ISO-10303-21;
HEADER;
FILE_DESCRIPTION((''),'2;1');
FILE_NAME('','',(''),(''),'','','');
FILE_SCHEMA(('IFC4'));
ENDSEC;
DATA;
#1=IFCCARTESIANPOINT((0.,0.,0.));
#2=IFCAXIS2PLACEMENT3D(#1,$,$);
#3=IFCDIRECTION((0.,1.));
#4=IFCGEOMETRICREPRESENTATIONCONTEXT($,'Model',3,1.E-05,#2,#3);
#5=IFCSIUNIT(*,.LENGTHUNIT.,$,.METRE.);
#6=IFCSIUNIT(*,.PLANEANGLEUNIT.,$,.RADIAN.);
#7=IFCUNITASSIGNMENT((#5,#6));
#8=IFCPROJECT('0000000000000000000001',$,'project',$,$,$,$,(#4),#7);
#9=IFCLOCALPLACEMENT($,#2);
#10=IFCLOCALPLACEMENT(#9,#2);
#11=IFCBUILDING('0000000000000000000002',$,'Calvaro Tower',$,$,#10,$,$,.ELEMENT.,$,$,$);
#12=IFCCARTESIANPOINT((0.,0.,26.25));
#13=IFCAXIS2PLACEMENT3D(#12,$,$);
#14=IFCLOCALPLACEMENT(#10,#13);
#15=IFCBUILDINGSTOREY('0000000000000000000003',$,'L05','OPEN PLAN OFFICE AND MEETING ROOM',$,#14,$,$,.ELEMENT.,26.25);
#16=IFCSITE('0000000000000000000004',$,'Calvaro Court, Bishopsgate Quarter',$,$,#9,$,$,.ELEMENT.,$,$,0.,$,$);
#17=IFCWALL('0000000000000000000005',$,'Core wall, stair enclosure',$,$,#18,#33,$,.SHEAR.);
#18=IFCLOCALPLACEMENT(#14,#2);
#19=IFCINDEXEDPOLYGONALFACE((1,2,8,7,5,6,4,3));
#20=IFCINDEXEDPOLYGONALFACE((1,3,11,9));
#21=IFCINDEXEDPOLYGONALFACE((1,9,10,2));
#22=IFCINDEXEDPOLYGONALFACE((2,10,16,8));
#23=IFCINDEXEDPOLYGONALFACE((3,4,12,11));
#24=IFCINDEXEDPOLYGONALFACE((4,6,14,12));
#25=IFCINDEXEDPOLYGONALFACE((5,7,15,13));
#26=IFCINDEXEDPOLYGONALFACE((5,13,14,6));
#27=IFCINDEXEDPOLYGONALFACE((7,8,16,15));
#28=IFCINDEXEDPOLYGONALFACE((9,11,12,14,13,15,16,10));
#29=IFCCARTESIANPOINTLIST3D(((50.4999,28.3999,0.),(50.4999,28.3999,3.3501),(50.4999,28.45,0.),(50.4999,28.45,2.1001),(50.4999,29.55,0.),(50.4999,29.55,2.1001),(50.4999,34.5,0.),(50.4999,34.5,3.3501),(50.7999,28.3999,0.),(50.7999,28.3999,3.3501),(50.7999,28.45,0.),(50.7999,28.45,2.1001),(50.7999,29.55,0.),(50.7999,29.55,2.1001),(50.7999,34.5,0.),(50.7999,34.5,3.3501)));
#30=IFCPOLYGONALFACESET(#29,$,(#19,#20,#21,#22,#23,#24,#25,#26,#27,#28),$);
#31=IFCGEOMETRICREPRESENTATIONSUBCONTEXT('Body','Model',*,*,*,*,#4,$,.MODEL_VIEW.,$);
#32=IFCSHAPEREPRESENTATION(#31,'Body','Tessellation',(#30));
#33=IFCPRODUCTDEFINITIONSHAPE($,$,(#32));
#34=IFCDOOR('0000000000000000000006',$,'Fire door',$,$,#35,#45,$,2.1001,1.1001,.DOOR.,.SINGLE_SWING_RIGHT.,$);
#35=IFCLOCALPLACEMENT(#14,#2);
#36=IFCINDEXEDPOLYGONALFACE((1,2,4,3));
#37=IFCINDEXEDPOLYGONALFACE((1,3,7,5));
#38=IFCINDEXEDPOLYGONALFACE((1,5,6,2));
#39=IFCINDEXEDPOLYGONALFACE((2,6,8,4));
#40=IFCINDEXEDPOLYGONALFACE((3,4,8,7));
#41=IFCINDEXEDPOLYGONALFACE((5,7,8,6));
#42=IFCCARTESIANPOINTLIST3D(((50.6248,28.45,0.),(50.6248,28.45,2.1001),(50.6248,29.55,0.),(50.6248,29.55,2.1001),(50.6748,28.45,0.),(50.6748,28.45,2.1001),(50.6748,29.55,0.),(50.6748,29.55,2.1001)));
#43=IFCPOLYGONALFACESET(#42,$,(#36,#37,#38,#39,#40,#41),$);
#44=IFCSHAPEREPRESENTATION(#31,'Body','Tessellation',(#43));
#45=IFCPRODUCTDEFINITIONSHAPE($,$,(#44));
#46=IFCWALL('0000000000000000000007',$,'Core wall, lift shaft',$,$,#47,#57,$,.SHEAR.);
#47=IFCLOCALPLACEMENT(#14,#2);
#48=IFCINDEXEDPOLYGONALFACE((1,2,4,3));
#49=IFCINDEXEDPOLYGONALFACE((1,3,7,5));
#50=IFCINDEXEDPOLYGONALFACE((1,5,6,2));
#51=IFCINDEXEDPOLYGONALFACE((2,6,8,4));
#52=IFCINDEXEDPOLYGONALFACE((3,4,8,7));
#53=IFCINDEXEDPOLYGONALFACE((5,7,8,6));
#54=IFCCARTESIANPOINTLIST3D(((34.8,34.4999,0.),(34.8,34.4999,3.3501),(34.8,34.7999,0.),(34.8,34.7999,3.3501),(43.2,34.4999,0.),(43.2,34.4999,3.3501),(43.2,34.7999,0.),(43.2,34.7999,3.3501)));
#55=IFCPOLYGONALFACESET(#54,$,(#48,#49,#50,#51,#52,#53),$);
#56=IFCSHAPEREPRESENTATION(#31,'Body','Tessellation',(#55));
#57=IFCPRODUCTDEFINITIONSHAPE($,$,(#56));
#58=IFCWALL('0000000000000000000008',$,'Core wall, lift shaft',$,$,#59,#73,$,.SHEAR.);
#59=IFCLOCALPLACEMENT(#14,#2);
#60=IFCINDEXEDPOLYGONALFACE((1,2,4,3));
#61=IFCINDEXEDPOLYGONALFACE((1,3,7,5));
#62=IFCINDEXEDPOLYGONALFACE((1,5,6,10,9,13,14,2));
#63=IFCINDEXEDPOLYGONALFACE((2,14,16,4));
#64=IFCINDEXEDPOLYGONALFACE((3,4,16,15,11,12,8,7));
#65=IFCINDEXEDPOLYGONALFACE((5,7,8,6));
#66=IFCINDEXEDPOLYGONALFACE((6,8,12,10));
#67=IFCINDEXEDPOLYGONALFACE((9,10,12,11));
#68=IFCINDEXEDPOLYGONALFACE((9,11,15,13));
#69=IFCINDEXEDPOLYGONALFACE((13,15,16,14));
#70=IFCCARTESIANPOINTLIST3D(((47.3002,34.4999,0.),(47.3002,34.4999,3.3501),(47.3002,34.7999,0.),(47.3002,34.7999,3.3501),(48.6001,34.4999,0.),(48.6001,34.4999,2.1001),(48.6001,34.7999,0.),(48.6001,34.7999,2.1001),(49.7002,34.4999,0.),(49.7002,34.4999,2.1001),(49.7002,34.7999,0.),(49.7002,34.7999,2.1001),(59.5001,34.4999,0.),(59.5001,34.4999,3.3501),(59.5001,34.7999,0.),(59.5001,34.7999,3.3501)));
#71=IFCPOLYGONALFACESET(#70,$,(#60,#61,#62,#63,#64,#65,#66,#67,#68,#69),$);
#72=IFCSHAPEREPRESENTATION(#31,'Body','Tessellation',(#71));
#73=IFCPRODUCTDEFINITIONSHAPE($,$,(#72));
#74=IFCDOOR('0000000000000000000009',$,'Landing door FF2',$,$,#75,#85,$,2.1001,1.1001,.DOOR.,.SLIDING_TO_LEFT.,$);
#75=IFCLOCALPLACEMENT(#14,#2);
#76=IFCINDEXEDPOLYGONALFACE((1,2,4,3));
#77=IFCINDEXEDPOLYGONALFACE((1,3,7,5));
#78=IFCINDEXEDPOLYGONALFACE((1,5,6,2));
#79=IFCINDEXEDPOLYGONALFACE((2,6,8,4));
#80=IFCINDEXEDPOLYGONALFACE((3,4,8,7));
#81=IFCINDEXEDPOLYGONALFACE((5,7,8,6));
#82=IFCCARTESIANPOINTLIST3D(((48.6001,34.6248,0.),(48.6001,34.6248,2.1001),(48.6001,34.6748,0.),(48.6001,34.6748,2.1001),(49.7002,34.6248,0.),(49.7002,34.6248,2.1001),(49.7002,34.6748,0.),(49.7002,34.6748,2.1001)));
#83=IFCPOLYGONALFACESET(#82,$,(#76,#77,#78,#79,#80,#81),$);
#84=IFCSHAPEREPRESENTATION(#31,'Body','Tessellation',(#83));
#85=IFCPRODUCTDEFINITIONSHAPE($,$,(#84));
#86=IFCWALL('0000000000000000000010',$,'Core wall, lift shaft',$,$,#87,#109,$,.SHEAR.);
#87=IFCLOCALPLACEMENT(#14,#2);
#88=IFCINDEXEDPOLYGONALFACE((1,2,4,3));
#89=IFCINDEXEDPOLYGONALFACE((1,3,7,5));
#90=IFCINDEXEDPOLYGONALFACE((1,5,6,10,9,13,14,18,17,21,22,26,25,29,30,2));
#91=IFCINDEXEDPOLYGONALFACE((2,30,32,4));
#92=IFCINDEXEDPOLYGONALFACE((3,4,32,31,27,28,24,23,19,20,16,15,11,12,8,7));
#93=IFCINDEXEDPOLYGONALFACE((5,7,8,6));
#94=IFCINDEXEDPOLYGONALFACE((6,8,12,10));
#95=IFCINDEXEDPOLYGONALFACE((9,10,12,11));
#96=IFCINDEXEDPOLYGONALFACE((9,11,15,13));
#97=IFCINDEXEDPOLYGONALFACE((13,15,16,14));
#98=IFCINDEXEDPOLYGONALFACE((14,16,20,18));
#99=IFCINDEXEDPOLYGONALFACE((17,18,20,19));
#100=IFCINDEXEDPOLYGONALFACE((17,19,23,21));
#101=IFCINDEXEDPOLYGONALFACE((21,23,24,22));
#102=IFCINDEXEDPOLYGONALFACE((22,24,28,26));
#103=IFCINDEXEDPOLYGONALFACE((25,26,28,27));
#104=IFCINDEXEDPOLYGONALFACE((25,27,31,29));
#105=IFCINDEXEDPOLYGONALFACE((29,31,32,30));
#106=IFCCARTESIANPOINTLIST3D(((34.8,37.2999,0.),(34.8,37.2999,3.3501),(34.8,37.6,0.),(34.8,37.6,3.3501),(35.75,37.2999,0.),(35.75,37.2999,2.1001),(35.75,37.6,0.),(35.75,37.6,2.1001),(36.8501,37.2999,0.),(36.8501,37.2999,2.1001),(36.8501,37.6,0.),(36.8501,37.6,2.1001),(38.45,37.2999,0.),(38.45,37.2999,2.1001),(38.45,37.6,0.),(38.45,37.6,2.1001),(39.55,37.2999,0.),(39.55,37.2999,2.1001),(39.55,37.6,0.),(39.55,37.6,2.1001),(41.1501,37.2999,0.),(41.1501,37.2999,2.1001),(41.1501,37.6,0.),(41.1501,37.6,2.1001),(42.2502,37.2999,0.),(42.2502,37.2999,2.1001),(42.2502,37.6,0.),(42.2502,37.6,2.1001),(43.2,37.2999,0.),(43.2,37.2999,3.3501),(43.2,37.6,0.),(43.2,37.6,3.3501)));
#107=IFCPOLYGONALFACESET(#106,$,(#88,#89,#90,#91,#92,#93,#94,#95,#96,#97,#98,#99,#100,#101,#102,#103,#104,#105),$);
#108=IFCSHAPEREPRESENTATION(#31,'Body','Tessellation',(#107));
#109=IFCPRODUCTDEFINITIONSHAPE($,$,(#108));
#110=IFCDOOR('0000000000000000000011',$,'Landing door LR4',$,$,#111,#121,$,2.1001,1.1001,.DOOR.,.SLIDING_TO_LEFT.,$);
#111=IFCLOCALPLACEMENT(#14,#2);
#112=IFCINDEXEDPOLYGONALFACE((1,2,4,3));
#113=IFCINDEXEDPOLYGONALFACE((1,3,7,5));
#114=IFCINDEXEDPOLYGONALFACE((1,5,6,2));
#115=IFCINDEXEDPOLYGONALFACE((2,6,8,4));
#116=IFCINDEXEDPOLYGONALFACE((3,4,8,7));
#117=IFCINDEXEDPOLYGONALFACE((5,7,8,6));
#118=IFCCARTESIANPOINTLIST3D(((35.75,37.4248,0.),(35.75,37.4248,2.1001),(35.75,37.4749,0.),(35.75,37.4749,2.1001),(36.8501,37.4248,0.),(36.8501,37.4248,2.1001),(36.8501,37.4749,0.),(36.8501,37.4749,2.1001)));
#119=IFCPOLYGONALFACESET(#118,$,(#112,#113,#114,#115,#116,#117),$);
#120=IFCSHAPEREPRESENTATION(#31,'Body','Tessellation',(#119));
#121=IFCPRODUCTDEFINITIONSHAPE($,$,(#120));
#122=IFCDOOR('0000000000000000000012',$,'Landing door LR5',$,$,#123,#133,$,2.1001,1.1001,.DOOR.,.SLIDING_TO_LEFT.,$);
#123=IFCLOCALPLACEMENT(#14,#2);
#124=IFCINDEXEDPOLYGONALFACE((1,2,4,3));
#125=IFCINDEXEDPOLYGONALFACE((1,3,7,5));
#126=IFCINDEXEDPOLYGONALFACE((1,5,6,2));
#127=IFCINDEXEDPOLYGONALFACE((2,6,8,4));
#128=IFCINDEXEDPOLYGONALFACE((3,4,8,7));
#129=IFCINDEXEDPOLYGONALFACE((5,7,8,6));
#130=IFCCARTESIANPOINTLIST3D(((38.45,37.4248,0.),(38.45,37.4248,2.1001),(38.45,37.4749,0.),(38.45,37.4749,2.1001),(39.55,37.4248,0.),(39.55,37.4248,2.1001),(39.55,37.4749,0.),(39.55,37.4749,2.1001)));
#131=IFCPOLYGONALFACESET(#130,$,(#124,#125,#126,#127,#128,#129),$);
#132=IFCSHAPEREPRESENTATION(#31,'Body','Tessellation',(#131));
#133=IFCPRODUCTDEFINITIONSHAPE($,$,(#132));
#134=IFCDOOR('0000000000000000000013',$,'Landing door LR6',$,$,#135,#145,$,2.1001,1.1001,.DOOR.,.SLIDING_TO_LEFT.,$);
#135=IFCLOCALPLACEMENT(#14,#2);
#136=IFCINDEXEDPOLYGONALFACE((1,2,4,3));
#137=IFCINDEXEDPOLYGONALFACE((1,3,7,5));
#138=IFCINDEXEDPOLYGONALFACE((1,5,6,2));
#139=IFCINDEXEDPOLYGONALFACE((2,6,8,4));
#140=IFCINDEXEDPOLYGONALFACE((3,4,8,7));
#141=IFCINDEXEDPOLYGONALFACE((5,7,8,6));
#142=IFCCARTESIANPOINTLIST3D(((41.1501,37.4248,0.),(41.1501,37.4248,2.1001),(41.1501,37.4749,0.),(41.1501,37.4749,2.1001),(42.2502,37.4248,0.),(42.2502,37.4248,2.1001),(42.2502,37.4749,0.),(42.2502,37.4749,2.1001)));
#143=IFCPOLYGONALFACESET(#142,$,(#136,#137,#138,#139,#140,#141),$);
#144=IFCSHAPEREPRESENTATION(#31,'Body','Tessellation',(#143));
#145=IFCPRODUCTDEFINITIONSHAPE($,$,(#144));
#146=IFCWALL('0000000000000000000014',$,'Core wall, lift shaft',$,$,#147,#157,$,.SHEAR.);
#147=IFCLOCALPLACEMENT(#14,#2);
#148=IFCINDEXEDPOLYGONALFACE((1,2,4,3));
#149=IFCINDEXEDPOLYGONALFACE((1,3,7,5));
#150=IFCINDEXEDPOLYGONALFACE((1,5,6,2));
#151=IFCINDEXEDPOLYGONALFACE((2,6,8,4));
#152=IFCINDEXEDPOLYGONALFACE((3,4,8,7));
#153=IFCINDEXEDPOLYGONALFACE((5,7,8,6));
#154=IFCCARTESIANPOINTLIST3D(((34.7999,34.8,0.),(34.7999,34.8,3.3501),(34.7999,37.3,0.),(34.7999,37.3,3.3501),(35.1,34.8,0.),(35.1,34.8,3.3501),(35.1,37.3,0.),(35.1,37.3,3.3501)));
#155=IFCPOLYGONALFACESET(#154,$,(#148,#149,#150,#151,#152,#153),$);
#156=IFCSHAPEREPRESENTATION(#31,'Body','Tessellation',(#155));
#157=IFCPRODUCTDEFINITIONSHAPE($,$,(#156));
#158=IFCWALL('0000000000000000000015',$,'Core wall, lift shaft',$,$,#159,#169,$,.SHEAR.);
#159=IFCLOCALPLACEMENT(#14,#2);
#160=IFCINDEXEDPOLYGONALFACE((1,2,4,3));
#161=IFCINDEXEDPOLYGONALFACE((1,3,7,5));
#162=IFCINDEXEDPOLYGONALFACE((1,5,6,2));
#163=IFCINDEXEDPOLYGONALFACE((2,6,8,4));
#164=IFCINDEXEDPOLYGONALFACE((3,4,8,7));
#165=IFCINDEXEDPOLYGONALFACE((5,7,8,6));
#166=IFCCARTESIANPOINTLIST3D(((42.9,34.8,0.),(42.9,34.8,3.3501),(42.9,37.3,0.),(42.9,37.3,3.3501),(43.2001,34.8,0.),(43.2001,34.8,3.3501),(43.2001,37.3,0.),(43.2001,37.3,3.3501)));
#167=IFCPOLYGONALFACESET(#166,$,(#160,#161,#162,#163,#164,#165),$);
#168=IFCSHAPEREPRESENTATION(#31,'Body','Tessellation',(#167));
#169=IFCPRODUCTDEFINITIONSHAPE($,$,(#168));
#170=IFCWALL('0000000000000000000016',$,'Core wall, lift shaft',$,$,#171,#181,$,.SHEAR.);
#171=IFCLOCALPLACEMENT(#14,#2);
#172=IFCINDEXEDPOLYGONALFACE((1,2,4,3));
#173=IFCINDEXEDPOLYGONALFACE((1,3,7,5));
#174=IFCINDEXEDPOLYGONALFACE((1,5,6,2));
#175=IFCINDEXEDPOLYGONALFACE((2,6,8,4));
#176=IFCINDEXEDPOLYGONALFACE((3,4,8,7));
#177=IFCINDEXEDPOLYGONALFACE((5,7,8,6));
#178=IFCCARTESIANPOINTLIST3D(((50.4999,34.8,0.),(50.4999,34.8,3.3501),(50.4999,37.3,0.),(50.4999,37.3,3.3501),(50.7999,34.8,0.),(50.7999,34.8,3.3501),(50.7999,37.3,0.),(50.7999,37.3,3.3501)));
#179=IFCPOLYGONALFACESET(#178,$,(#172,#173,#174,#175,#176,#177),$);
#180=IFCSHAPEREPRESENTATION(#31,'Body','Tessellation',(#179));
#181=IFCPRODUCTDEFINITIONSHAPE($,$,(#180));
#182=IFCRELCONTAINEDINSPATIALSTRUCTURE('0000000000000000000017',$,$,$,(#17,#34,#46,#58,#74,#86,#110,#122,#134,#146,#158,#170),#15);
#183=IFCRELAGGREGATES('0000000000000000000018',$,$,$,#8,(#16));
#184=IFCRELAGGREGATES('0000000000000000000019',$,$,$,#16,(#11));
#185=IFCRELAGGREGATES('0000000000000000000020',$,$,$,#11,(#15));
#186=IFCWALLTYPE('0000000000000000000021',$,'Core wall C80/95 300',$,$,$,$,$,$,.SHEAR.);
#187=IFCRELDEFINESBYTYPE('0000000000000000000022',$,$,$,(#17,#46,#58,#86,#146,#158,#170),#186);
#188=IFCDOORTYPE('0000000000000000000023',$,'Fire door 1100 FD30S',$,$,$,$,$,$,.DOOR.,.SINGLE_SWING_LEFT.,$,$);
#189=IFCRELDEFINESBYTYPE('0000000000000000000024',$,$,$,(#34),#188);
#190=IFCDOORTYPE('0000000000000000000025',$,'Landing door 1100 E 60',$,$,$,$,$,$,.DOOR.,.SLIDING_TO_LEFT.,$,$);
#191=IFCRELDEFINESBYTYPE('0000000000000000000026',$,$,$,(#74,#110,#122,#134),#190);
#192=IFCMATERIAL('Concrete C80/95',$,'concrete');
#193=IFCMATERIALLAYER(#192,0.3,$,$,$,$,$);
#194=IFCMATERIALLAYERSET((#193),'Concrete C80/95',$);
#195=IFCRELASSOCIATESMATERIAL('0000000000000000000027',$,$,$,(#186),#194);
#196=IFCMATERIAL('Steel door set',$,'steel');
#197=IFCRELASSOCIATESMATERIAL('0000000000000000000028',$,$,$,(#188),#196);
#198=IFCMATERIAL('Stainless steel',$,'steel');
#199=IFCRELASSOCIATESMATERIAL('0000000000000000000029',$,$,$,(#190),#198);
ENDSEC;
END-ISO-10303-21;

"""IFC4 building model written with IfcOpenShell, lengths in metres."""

from ifc_helpers import new_model, si_unit, direction, frame, frame_2d, origin, place, context, subcontext, project, spatial, rectangle, extrude, material, layer, layer_set, type_object, element, fill, save


model = new_model("IFC4")

# Units and contexts
model_context = context("Model", 3, precision=1e-05, world=origin(), true_north=direction((0.0, 1.0)))
body_context = subcontext(model_context, "Body", "Model", "MODEL_VIEW")
ifc_project = project(units=[si_unit("LENGTHUNIT", "METRE"), si_unit("PLANEANGLEUNIT", "RADIAN")], contexts=[model_context])

# Site, building, storey
site_placement = place(None, origin())
site = spatial("IfcSite", under=ifc_project, at=site_placement, Name="Calvaro Court, Bishopsgate Quarter", CompositionType="ELEMENT", RefElevation=0.0)
building_placement = place(site_placement, origin())
building = spatial("IfcBuilding", under=site, at=building_placement, Name="Calvaro Tower", CompositionType="ELEMENT")
storey_placement = place(building_placement, frame((0.0, 0.0, 26.25)))
storey = spatial("IfcBuildingStorey", under=building, at=storey_placement, Name="L05", Description="OPEN PLAN OFFICE AND MEETING ROOM", CompositionType="ELEMENT", Elevation=26.25)

# Wall, opening, door
ifc_material_1 = material(Name="Concrete C80/95", Category="concrete")
ifc_layer_1 = layer(ifc_material_1, 0.3)
ifc_layer_set_1 = layer_set([ifc_layer_1], Name="Concrete C80/95")
wall_type_1 = type_object("IfcWallType", Name="Core wall C80/95 300", PredefinedType="SHEAR", material=ifc_layer_set_1)
wall_1_placement = place(storey_placement, frame((50.6499, 34.5, 0.0), z_axis=(0.0, 0.0, 1.0), x_axis=(0.0, -1.0, 0.0)))
wall_1 = element("IfcWall", 1, at=wall_1_placement, inside=storey, type_object=wall_type_1, Name="Core wall, stair enclosure", PredefinedType="SHEAR", context=body_context, shape_type="SweptSolid", body=[
    extrude(rectangle(XDim=6.1001, YDim=0.3, at=frame_2d((3.05, 0.0))), origin(), (0.0, 0.0, 1.0), 3.3501),
])
opening_1_placement = place(wall_1_placement, frame((4.95, 0.0, 0.0)))
opening_1 = element("IfcOpeningElement", 2, at=opening_1_placement, cuts=wall_1, PredefinedType="OPENING", context=body_context, shape_type="SweptSolid", body=[
    extrude(rectangle(XDim=1.1001, YDim=2.1001, at=frame_2d((0.55, 1.05))), frame((0.0, 0.1599, 0.0), z_axis=(0.0, -1.0, 0.0), x_axis=(1.0, 0.0, 0.0)), (0.0, 0.0, 1.0), 0.3201),
])
ifc_material_2 = material(Name="Steel door set", Category="steel")
door_type_1 = type_object("IfcDoorType", Name="Fire door 1100 FD30S", OperationType="SINGLE_SWING_LEFT", PredefinedType="DOOR", material=ifc_material_2)
door_1_placement = place(opening_1_placement, origin())
door_1 = element("IfcDoor", 3, at=door_1_placement, inside=storey, type_object=door_type_1, Name="Fire door", OperationType="SINGLE_SWING_RIGHT", OverallHeight=2.1001, OverallWidth=1.1001, PredefinedType="DOOR", context=body_context, shape_type="SweptSolid", body=[
    extrude(rectangle(XDim=1.1001, YDim=2.1001, at=frame_2d((0.55, 1.05))), frame((0.0, 0.0249, 0.0), z_axis=(0.0, -1.0, 0.0), x_axis=(1.0, 0.0, 0.0)), (0.0, 0.0, 1.0), 0.05),
])
fill(opening_1, door_1)

# Wall
wall_2_placement = place(storey_placement, frame((34.8, 34.6499, 0.0), z_axis=(0.0, 0.0, 1.0), x_axis=(1.0, 0.0, 0.0)))
element("IfcWall", 4, at=wall_2_placement, inside=storey, type_object=wall_type_1, Name="Core wall, lift shaft", PredefinedType="SHEAR", context=body_context, shape_type="SweptSolid", body=[
    extrude(rectangle(XDim=8.3999, YDim=0.3, at=frame_2d((4.2, 0.0))), origin(), (0.0, 0.0, 1.0), 3.3501),
])

# Wall, opening, door
wall_3_placement = place(storey_placement, frame((47.3, 34.6499, 0.0), z_axis=(0.0, 0.0, 1.0), x_axis=(1.0, 0.0, 0.0)))
wall_3 = element("IfcWall", 5, at=wall_3_placement, inside=storey, type_object=wall_type_1, Name="Core wall, lift shaft", PredefinedType="SHEAR", context=body_context, shape_type="SweptSolid", body=[
    extrude(rectangle(XDim=12.2, YDim=0.3, at=frame_2d((6.1001, 0.0))), origin(), (0.0, 0.0, 1.0), 3.3501),
])
opening_2_placement = place(wall_3_placement, frame((1.3, 0.0, 0.0)))
opening_2 = element("IfcOpeningElement", 6, at=opening_2_placement, cuts=wall_3, PredefinedType="OPENING", context=body_context, shape_type="SweptSolid", body=[
    extrude(rectangle(XDim=1.1001, YDim=2.1001, at=frame_2d((0.55, 1.05))), frame((0.0, 0.1599, 0.0), z_axis=(0.0, -1.0, 0.0), x_axis=(1.0, 0.0, 0.0)), (0.0, 0.0, 1.0), 0.3201),
])
ifc_material_3 = material(Name="Stainless steel", Category="steel")
door_type_2 = type_object("IfcDoorType", Name="Landing door 1100 E 60", OperationType="SLIDING_TO_LEFT", PredefinedType="DOOR", material=ifc_material_3)
door_2_placement = place(opening_2_placement, origin())
door_2 = element("IfcDoor", 7, at=door_2_placement, inside=storey, type_object=door_type_2, Name="Landing door FF2", OperationType="SLIDING_TO_LEFT", OverallHeight=2.1001, OverallWidth=1.1001, PredefinedType="DOOR", context=body_context, shape_type="SweptSolid", body=[
    extrude(rectangle(XDim=1.1001, YDim=2.1001, at=frame_2d((0.55, 1.05))), frame((0.0, 0.0249, 0.0), z_axis=(0.0, -1.0, 0.0), x_axis=(1.0, 0.0, 0.0)), (0.0, 0.0, 1.0), 0.05),
])
fill(opening_2, door_2)

# Wall, openings, doors
wall_4_placement = place(storey_placement, frame((34.8, 37.45, 0.0), z_axis=(0.0, 0.0, 1.0), x_axis=(1.0, 0.0, 0.0)))
wall_4 = element("IfcWall", 8, at=wall_4_placement, inside=storey, type_object=wall_type_1, Name="Core wall, lift shaft", PredefinedType="SHEAR", context=body_context, shape_type="SweptSolid", body=[
    extrude(rectangle(XDim=8.3999, YDim=0.3, at=frame_2d((4.2, 0.0))), origin(), (0.0, 0.0, 1.0), 3.3501),
])
opening_3_placement = place(wall_4_placement, frame((0.95, 0.0, 0.0)))
opening_3 = element("IfcOpeningElement", 9, at=opening_3_placement, cuts=wall_4, PredefinedType="OPENING", context=body_context, shape_type="SweptSolid", body=[
    extrude(rectangle(XDim=1.1001, YDim=2.1001, at=frame_2d((0.55, 1.05))), frame((0.0, 0.1599, 0.0), z_axis=(0.0, -1.0, 0.0), x_axis=(1.0, 0.0, 0.0)), (0.0, 0.0, 1.0), 0.3201),
])
opening_4_placement = place(wall_4_placement, frame((3.6499, 0.0, 0.0)))
opening_4 = element("IfcOpeningElement", 10, at=opening_4_placement, cuts=wall_4, PredefinedType="OPENING", context=body_context, shape_type="SweptSolid", body=[
    extrude(rectangle(XDim=1.1001, YDim=2.1001, at=frame_2d((0.55, 1.05))), frame((0.0, 0.1599, 0.0), z_axis=(0.0, -1.0, 0.0), x_axis=(1.0, 0.0, 0.0)), (0.0, 0.0, 1.0), 0.3201),
])
opening_5_placement = place(wall_4_placement, frame((6.3501, 0.0, 0.0)))
opening_5 = element("IfcOpeningElement", 11, at=opening_5_placement, cuts=wall_4, PredefinedType="OPENING", context=body_context, shape_type="SweptSolid", body=[
    extrude(rectangle(XDim=1.1001, YDim=2.1001, at=frame_2d((0.55, 1.05))), frame((0.0, 0.1599, 0.0), z_axis=(0.0, -1.0, 0.0), x_axis=(1.0, 0.0, 0.0)), (0.0, 0.0, 1.0), 0.3201),
])
door_3_placement = place(opening_3_placement, origin())
door_3 = element("IfcDoor", 12, at=door_3_placement, inside=storey, type_object=door_type_2, Name="Landing door LR4", OperationType="SLIDING_TO_LEFT", OverallHeight=2.1001, OverallWidth=1.1001, PredefinedType="DOOR", context=body_context, shape_type="SweptSolid", body=[
    extrude(rectangle(XDim=1.1001, YDim=2.1001, at=frame_2d((0.55, 1.05))), frame((0.0, 0.0249, 0.0), z_axis=(0.0, -1.0, 0.0), x_axis=(1.0, 0.0, 0.0)), (0.0, 0.0, 1.0), 0.05),
])
fill(opening_3, door_3)
door_4_placement = place(opening_4_placement, origin())
door_4 = element("IfcDoor", 13, at=door_4_placement, inside=storey, type_object=door_type_2, Name="Landing door LR5", OperationType="SLIDING_TO_LEFT", OverallHeight=2.1001, OverallWidth=1.1001, PredefinedType="DOOR", context=body_context, shape_type="SweptSolid", body=[
    extrude(rectangle(XDim=1.1001, YDim=2.1001, at=frame_2d((0.55, 1.05))), frame((0.0, 0.0249, 0.0), z_axis=(0.0, -1.0, 0.0), x_axis=(1.0, 0.0, 0.0)), (0.0, 0.0, 1.0), 0.05),
])
fill(opening_4, door_4)
door_5_placement = place(opening_5_placement, origin())
door_5 = element("IfcDoor", 14, at=door_5_placement, inside=storey, type_object=door_type_2, Name="Landing door LR6", OperationType="SLIDING_TO_LEFT", OverallHeight=2.1001, OverallWidth=1.1001, PredefinedType="DOOR", context=body_context, shape_type="SweptSolid", body=[
    extrude(rectangle(XDim=1.1001, YDim=2.1001, at=frame_2d((0.55, 1.05))), frame((0.0, 0.0249, 0.0), z_axis=(0.0, -1.0, 0.0), x_axis=(1.0, 0.0, 0.0)), (0.0, 0.0, 1.0), 0.05),
])
fill(opening_5, door_5)

# Walls
for number, where, z_axis, x_axis, name in (
    (15, (34.95, 34.8, 0.0), (0.0, 0.0, 1.0), (0.0, 1.0, 0.0), "Core wall, lift shaft"),
    (16, (43.05, 34.8, 0.0), (0.0, 0.0, 1.0), (0.0, 1.0, 0.0), "Core wall, lift shaft"),
    (17, (50.6499, 34.8, 0.0), (0.0, 0.0, 1.0), (0.0, 1.0, 0.0), "Core wall, lift shaft"),
):
    element("IfcWall", number, at=place(storey_placement, frame(where, z_axis=z_axis, x_axis=x_axis)), inside=storey, type_object=wall_type_1, Name=name, PredefinedType="SHEAR", context=body_context, shape_type="SweptSolid", body=[
        extrude(rectangle(XDim=2.5, YDim=0.3, at=frame_2d((1.25, 0.0))), origin(), (0.0, 0.0, 1.0), 3.3501),
    ])

save(model, "model.ifc")
